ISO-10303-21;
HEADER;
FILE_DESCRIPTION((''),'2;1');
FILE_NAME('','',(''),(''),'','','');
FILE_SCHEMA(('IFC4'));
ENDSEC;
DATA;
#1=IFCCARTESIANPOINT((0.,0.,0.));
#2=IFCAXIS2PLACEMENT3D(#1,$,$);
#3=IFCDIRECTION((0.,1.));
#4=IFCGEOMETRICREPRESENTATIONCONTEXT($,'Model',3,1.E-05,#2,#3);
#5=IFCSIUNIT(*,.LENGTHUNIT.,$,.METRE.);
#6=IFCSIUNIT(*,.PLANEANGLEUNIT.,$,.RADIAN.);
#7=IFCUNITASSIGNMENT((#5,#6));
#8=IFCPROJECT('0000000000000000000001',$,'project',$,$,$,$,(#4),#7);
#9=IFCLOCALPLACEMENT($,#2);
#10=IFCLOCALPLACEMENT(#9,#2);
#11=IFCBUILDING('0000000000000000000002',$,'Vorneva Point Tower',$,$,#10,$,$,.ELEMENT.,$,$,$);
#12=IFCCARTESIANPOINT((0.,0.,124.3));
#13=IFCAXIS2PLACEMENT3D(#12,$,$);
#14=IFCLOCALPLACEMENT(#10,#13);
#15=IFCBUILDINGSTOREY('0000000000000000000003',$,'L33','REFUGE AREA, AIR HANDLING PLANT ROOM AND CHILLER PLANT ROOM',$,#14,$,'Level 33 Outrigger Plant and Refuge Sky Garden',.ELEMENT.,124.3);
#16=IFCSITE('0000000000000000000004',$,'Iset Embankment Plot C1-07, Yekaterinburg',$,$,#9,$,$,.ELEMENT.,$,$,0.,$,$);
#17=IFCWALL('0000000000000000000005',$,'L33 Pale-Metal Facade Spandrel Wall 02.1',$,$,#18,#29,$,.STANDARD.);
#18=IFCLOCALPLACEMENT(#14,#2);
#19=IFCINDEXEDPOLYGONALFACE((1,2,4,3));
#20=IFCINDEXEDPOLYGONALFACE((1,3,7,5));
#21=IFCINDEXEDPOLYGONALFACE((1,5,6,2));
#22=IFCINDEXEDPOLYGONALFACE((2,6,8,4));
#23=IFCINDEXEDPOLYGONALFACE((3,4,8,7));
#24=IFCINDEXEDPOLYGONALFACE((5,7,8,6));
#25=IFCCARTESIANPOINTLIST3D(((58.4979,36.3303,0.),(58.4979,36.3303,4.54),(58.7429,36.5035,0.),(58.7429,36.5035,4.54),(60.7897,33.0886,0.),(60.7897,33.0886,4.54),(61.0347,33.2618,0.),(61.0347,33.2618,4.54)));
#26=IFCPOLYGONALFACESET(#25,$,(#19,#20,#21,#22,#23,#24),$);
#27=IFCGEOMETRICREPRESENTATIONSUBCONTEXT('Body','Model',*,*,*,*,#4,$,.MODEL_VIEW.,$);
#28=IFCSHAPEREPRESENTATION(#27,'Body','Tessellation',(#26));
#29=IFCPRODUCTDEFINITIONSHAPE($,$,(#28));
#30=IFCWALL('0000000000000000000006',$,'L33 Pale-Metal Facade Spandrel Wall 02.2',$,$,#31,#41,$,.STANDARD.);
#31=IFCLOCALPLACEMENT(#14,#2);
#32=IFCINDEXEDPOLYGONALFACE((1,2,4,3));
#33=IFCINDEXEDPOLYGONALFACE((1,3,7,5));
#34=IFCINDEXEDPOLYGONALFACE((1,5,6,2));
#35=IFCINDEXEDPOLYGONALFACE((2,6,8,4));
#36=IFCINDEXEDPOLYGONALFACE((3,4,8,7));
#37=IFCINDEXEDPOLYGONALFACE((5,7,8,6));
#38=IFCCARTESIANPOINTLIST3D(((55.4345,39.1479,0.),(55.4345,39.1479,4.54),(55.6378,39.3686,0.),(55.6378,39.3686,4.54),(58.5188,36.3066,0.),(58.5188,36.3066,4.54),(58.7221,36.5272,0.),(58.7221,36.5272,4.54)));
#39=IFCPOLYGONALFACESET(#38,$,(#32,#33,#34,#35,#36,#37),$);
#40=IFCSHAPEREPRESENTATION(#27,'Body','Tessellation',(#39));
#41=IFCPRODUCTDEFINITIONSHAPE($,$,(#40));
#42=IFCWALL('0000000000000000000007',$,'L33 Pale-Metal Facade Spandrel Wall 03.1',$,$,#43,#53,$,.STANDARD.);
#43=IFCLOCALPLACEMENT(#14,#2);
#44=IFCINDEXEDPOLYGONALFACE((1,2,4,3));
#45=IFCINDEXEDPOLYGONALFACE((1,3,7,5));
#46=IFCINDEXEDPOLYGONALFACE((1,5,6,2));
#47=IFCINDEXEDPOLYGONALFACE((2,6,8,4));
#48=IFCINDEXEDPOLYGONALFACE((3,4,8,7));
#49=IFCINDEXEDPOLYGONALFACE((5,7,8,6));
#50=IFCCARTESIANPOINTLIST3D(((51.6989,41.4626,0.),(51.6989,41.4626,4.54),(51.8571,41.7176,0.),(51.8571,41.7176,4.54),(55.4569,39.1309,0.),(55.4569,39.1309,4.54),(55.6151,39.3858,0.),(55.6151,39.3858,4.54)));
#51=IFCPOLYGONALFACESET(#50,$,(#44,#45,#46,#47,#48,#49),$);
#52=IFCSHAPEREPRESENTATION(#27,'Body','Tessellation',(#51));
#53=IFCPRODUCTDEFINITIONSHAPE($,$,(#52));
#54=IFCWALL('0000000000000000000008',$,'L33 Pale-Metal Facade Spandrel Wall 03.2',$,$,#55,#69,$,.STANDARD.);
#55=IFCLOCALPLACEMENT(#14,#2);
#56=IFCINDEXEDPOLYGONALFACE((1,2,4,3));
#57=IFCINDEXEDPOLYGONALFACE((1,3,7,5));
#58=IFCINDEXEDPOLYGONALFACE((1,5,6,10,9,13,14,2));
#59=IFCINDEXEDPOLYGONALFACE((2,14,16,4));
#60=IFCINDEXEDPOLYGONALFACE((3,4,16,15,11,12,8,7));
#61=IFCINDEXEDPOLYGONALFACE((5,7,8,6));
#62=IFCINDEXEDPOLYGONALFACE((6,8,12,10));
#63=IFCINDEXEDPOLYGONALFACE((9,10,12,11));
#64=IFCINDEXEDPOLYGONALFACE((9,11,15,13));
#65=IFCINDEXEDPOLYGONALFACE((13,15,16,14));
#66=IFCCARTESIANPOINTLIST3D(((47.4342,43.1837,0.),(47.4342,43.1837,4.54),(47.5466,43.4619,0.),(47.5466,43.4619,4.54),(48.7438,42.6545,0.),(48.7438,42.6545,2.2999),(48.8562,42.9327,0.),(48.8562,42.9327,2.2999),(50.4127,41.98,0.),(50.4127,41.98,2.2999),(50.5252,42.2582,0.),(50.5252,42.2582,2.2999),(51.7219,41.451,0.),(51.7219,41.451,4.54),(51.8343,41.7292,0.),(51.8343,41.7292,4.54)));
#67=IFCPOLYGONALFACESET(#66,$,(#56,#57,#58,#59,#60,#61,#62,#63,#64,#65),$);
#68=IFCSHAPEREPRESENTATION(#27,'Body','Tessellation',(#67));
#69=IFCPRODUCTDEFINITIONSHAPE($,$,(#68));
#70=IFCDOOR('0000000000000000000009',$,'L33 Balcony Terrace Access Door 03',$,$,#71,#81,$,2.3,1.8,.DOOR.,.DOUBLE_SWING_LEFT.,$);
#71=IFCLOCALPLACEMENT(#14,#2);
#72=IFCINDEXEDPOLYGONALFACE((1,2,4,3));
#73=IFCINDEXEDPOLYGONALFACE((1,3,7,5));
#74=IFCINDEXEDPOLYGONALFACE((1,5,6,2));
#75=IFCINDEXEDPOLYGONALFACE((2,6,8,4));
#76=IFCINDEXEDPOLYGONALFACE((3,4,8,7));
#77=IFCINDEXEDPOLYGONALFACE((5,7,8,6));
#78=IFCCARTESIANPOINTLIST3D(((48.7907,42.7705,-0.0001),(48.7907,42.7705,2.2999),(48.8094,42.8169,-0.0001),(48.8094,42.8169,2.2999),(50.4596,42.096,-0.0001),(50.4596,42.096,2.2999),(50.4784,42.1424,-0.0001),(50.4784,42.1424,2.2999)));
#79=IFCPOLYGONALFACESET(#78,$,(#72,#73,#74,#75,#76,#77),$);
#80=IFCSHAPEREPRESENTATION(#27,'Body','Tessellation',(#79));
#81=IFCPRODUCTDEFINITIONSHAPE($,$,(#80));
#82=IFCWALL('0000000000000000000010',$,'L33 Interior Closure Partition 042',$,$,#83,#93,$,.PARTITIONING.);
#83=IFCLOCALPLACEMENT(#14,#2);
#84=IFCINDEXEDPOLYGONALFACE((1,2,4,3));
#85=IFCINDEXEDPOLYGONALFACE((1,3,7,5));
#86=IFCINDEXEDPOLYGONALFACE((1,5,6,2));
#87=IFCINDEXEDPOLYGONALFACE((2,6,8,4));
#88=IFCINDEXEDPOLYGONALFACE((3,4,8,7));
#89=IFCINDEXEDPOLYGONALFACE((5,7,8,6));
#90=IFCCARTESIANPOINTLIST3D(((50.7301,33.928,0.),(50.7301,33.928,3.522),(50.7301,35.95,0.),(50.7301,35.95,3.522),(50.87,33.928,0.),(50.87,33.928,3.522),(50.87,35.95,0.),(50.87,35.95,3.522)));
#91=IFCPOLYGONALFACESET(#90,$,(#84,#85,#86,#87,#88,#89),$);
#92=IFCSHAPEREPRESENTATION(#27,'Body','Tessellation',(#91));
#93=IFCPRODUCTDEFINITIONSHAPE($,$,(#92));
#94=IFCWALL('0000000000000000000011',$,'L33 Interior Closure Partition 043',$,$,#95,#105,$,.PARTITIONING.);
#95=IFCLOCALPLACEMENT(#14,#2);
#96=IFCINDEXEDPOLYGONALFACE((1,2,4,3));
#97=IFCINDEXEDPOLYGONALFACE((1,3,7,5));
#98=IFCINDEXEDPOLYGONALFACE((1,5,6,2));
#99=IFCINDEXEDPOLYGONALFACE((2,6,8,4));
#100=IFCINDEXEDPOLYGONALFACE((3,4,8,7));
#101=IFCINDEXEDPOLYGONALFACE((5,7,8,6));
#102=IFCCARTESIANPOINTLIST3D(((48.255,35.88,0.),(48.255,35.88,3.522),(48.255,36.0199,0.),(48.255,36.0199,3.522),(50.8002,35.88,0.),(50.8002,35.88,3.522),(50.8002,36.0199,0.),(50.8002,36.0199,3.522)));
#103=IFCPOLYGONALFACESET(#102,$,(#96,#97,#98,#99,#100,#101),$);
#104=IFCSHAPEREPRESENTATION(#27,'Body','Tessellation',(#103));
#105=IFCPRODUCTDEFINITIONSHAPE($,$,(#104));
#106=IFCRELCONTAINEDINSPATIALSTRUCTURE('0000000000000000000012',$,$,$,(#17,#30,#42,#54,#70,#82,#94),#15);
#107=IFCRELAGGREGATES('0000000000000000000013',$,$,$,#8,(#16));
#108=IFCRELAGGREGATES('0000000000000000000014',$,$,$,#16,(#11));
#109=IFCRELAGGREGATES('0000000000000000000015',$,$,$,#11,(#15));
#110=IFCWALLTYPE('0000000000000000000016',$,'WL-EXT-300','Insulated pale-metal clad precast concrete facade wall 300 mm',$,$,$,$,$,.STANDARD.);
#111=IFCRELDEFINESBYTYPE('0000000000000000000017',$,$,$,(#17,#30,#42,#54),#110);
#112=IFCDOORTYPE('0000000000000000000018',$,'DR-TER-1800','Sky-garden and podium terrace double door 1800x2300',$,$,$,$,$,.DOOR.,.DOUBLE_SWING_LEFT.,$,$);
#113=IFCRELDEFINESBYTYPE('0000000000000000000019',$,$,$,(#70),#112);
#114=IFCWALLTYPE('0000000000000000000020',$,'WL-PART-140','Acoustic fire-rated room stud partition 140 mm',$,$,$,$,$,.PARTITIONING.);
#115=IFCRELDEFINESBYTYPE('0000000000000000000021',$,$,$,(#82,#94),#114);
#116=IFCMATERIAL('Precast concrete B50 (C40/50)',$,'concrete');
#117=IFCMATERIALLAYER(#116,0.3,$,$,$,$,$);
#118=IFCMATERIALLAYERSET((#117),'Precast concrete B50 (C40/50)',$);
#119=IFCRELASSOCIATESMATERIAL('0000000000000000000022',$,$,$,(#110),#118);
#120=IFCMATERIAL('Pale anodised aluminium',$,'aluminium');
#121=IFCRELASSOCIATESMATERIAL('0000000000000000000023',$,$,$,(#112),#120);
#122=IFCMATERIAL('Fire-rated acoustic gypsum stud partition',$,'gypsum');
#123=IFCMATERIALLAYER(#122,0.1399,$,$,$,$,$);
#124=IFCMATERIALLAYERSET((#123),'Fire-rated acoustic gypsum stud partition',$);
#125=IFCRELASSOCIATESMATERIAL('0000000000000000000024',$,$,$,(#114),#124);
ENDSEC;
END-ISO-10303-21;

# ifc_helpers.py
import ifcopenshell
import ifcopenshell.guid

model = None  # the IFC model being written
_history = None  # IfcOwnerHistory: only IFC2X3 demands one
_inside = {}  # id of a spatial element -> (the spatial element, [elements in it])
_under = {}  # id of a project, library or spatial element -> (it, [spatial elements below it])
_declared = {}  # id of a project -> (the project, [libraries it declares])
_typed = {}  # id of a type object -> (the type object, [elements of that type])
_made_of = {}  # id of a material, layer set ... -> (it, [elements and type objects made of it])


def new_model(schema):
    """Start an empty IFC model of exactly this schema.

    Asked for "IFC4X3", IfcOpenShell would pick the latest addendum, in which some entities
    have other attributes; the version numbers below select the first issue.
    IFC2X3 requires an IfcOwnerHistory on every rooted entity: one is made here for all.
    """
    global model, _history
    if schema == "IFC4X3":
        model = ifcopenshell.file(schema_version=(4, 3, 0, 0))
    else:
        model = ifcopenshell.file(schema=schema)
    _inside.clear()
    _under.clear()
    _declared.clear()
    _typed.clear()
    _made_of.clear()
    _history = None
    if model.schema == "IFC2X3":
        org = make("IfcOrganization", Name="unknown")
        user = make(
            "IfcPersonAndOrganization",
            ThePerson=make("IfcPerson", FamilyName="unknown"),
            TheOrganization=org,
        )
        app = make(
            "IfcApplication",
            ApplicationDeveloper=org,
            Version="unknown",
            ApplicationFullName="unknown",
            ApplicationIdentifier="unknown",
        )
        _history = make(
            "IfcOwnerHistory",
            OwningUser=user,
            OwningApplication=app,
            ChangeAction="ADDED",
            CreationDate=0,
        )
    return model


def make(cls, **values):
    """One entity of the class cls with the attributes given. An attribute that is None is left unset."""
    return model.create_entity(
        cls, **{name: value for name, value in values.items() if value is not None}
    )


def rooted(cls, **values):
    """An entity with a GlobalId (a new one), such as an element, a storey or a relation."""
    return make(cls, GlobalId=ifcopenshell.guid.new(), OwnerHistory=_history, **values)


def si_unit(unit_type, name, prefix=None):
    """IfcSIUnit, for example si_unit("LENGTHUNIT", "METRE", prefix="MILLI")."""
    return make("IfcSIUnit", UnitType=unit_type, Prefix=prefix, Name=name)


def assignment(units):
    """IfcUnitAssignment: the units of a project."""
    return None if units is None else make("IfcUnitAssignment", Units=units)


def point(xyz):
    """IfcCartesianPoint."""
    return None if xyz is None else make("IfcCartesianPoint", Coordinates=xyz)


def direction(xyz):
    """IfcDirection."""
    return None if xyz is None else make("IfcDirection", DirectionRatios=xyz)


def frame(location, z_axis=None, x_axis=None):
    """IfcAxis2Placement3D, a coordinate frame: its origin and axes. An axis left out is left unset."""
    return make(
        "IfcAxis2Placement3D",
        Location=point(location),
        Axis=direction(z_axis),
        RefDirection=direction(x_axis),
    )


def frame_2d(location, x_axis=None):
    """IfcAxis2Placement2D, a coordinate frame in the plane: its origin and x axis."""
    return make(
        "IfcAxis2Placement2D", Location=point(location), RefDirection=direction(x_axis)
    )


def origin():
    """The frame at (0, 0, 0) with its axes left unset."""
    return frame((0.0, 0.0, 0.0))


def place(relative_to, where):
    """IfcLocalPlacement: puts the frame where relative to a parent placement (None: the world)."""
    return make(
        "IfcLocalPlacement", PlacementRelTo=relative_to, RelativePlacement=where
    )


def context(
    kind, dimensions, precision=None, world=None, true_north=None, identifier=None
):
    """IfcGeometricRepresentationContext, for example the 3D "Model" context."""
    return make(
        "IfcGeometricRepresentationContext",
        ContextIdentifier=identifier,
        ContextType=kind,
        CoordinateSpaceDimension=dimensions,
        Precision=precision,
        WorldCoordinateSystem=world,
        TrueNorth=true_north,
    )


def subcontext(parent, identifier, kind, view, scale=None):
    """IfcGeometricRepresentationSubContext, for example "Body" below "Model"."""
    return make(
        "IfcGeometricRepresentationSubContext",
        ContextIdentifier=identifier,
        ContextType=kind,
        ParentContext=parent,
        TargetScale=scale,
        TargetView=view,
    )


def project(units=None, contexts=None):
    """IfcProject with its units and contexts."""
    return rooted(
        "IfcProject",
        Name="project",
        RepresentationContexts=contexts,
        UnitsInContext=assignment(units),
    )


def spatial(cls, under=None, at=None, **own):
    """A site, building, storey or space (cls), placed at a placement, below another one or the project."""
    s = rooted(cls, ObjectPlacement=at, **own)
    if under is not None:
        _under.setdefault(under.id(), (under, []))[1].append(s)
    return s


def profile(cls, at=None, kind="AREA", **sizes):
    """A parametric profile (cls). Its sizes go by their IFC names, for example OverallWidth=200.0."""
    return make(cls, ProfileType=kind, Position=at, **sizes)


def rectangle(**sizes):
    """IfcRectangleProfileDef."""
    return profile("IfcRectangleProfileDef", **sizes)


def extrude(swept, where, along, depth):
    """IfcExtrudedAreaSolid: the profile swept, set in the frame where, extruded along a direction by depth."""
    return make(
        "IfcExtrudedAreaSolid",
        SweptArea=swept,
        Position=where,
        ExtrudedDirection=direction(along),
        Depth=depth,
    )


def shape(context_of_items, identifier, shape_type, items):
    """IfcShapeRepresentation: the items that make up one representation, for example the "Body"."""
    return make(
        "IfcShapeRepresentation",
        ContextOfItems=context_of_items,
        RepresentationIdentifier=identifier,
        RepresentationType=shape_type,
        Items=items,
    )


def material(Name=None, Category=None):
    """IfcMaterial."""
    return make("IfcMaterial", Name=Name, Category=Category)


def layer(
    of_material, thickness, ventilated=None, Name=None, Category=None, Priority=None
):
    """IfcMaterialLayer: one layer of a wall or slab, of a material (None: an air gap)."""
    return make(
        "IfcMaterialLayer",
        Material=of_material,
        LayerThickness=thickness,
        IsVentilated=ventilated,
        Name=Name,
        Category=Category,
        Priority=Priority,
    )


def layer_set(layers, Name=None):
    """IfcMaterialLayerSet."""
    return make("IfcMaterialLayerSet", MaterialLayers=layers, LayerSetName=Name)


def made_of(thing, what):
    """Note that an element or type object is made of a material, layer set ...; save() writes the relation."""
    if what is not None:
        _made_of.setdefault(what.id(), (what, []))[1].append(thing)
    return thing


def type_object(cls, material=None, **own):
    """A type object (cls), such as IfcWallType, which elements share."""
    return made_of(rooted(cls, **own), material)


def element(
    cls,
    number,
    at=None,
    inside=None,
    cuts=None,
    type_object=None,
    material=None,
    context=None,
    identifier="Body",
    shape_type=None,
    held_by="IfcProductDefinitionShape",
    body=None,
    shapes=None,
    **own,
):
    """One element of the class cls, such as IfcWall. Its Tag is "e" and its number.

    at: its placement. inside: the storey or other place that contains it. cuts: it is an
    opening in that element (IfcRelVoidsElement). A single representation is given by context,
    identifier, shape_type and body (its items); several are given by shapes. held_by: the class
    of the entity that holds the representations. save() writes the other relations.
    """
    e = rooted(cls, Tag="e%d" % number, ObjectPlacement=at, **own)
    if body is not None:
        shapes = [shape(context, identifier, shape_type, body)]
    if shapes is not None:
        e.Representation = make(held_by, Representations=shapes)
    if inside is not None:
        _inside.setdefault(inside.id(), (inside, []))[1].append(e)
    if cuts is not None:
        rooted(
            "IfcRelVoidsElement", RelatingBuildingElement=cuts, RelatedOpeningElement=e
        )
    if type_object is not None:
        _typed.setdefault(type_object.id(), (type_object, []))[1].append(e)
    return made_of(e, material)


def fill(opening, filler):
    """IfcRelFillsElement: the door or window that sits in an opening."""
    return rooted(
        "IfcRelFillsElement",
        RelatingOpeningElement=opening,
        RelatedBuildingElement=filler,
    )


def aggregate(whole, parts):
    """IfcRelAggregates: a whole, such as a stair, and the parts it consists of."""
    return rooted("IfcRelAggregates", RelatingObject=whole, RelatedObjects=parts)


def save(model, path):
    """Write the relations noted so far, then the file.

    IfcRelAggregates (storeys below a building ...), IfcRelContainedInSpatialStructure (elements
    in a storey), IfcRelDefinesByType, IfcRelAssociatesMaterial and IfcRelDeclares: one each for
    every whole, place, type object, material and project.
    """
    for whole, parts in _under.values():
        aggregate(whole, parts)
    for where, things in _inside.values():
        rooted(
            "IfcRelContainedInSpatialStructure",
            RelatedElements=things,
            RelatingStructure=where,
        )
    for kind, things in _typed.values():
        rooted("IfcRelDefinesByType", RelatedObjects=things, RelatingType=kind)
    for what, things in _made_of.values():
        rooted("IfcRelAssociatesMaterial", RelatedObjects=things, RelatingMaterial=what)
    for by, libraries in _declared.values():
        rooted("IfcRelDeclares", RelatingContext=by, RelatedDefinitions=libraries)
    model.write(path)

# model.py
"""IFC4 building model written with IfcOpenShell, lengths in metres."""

from ifc_helpers import new_model, si_unit, direction, frame, frame_2d, origin, place, context, subcontext, project, spatial, rectangle, extrude, material, layer, layer_set, type_object, element, fill, save


model = new_model("IFC4")

# Units and contexts
model_context = context("Model", 3, precision=1e-05, world=origin(), true_north=direction((0.0, 1.0)))
body_context = subcontext(model_context, "Body", "Model", "MODEL_VIEW")
ifc_project = project(units=[si_unit("LENGTHUNIT", "METRE"), si_unit("PLANEANGLEUNIT", "RADIAN")], contexts=[model_context])

# Site, building, storey
site_placement = place(None, origin())
site = spatial("IfcSite", under=ifc_project, at=site_placement, Name="Iset Embankment Plot C1-07, Yekaterinburg", CompositionType="ELEMENT", RefElevation=0.0)
building_placement = place(site_placement, origin())
building = spatial("IfcBuilding", under=site, at=building_placement, Name="Vorneva Point Tower", CompositionType="ELEMENT")
storey_placement = place(building_placement, frame((0.0, 0.0, 124.3)))
storey = spatial("IfcBuildingStorey", under=building, at=storey_placement, Name="L33", Description="REFUGE AREA, AIR HANDLING PLANT ROOM AND CHILLER PLANT ROOM", LongName="Level 33 Outrigger Plant and Refuge Sky Garden", CompositionType="ELEMENT", Elevation=124.3)

# Walls
ifc_material_1 = material(Name="Precast concrete B50 (C40/50)", Category="concrete")
ifc_layer_1 = layer(ifc_material_1, 0.3)
ifc_layer_set_1 = layer_set([ifc_layer_1], Name="Precast concrete B50 (C40/50)")
wall_type_1 = type_object("IfcWallType", Name="WL-EXT-300", Description="Insulated pale-metal clad precast concrete facade wall 300 mm", PredefinedType="STANDARD", material=ifc_layer_set_1)
wall_1_placement = place(storey_placement, frame((60.9121, 33.1753, 0.0), z_axis=(0.0, 0.0, 1.0), x_axis=(-0.57727, 0.816554, 0.0)))
element("IfcWall", 1, at=wall_1_placement, inside=storey, type_object=wall_type_1, Name="L33 Pale-Metal Facade Spandrel Wall 02.1", PredefinedType="STANDARD", context=body_context, shape_type="SweptSolid", body=[
    extrude(rectangle(XDim=3.97, YDim=0.3, at=frame_2d((1.9849, 0.0))), origin(), (0.0, 0.0, 1.0), 4.54),
])
wall_2_placement = place(storey_placement, frame((58.6204, 36.417, 0.0), z_axis=(0.0, 0.0, 1.0), x_axis=(-0.735477, 0.67755, 0.0)))
element("IfcWall", 2, at=wall_2_placement, inside=storey, type_object=wall_type_1, Name="L33 Pale-Metal Facade Spandrel Wall 02.2", PredefinedType="STANDARD", context=body_context, shape_type="SweptSolid", body=[
    extrude(rectangle(XDim=4.1936, YDim=0.3, at=frame_2d((2.0967, 0.0))), origin(), (0.0, 0.0, 1.0), 4.54),
])
wall_3_placement = place(storey_placement, frame((55.5361, 39.2583, 0.0), z_axis=(0.0, 0.0, 1.0), x_axis=(-0.849721, 0.527232, 0.0)))
element("IfcWall", 3, at=wall_3_placement, inside=storey, type_object=wall_type_1, Name="L33 Pale-Metal Facade Spandrel Wall 03.1", PredefinedType="STANDARD", context=body_context, shape_type="SweptSolid", body=[
    extrude(rectangle(XDim=4.4226, YDim=0.3, at=frame_2d((2.2114, 0.0))), origin(), (0.0, 0.0, 1.0), 4.54),
])

# Wall, opening, door
wall_4_placement = place(storey_placement, frame((51.7781, 41.5901, 0.0), z_axis=(0.0, 0.0, 1.0), x_axis=(-0.927157, 0.374674, 0.0)))
wall_4 = element("IfcWall", 4, at=wall_4_placement, inside=storey, type_object=wall_type_1, Name="L33 Pale-Metal Facade Spandrel Wall 03.2", PredefinedType="STANDARD", context=body_context, shape_type="SweptSolid", body=[
    extrude(rectangle(XDim=4.6245, YDim=0.3, at=frame_2d((2.3123, 0.0))), origin(), (0.0, 0.0, 1.0), 4.54),
])
opening_placement = place(wall_4_placement, frame((1.4121, 0.0, 0.0)))
opening = element("IfcOpeningElement", 5, at=opening_placement, cuts=wall_4, PredefinedType="OPENING", context=body_context, shape_type="SweptSolid", body=[
    extrude(rectangle(XDim=1.8, YDim=2.3, at=frame_2d((0.8999, 1.1499))), frame((0.0, 0.165, 0.0), z_axis=(0.0, -1.0, 0.0), x_axis=(1.0, 0.0, 0.0)), (0.0, 0.0, 1.0), 0.3298),
])
ifc_material_2 = material(Name="Pale anodised aluminium", Category="aluminium")
door_type = type_object("IfcDoorType", Name="DR-TER-1800", Description="Sky-garden and podium terrace double door 1800x2300", OperationType="DOUBLE_SWING_LEFT", PredefinedType="DOOR", material=ifc_material_2)
door_placement = place(opening_placement, origin())
door = element("IfcDoor", 6, at=door_placement, inside=storey, type_object=door_type, Name="L33 Balcony Terrace Access Door 03", OperationType="DOUBLE_SWING_LEFT", OverallHeight=2.3, OverallWidth=1.8, PredefinedType="DOOR", context=body_context, shape_type="SweptSolid", body=[
    extrude(rectangle(XDim=1.8, YDim=2.3, at=frame_2d((0.8999, 1.1499))), frame((0.0, 0.0249, 0.0), z_axis=(0.0, -1.0, 0.0), x_axis=(1.0, 0.0, 0.0)), (0.0, 0.0, 1.0), 0.05),
])
fill(opening, door)

# Walls
ifc_material_3 = material(Name="Fire-rated acoustic gypsum stud partition", Category="gypsum")
ifc_layer_2 = layer(ifc_material_3, 0.1399)
ifc_layer_set_2 = layer_set([ifc_layer_2], Name="Fire-rated acoustic gypsum stud partition")
wall_type_2 = type_object("IfcWallType", Name="WL-PART-140", Description="Acoustic fire-rated room stud partition 140 mm", PredefinedType="PARTITIONING", material=ifc_layer_set_2)
wall_5_placement = place(storey_placement, frame((50.8, 33.928, 0.0), z_axis=(0.0, 0.0, 1.0), x_axis=(0.0, 1.0, 0.0)))
element("IfcWall", 7, at=wall_5_placement, inside=storey, type_object=wall_type_2, Name="L33 Interior Closure Partition 042", PredefinedType="PARTITIONING", context=body_context, shape_type="SweptSolid", body=[
    extrude(rectangle(XDim=2.022, YDim=0.1399, at=frame_2d((1.011, 0.0))), origin(), (0.0, 0.0, 1.0), 3.522),
])
wall_6_placement = place(storey_placement, frame((50.8, 35.95, 0.0), z_axis=(0.0, 0.0, 1.0), x_axis=(-1.0, 0.0, 0.0)))
element("IfcWall", 8, at=wall_6_placement, inside=storey, type_object=wall_type_2, Name="L33 Interior Closure Partition 043", PredefinedType="PARTITIONING", context=body_context, shape_type="SweptSolid", body=[
    extrude(rectangle(XDim=2.5452, YDim=0.1399, at=frame_2d((1.2725, 0.0))), origin(), (0.0, 0.0, 1.0), 3.522),
])

save(model, "model.ifc")
